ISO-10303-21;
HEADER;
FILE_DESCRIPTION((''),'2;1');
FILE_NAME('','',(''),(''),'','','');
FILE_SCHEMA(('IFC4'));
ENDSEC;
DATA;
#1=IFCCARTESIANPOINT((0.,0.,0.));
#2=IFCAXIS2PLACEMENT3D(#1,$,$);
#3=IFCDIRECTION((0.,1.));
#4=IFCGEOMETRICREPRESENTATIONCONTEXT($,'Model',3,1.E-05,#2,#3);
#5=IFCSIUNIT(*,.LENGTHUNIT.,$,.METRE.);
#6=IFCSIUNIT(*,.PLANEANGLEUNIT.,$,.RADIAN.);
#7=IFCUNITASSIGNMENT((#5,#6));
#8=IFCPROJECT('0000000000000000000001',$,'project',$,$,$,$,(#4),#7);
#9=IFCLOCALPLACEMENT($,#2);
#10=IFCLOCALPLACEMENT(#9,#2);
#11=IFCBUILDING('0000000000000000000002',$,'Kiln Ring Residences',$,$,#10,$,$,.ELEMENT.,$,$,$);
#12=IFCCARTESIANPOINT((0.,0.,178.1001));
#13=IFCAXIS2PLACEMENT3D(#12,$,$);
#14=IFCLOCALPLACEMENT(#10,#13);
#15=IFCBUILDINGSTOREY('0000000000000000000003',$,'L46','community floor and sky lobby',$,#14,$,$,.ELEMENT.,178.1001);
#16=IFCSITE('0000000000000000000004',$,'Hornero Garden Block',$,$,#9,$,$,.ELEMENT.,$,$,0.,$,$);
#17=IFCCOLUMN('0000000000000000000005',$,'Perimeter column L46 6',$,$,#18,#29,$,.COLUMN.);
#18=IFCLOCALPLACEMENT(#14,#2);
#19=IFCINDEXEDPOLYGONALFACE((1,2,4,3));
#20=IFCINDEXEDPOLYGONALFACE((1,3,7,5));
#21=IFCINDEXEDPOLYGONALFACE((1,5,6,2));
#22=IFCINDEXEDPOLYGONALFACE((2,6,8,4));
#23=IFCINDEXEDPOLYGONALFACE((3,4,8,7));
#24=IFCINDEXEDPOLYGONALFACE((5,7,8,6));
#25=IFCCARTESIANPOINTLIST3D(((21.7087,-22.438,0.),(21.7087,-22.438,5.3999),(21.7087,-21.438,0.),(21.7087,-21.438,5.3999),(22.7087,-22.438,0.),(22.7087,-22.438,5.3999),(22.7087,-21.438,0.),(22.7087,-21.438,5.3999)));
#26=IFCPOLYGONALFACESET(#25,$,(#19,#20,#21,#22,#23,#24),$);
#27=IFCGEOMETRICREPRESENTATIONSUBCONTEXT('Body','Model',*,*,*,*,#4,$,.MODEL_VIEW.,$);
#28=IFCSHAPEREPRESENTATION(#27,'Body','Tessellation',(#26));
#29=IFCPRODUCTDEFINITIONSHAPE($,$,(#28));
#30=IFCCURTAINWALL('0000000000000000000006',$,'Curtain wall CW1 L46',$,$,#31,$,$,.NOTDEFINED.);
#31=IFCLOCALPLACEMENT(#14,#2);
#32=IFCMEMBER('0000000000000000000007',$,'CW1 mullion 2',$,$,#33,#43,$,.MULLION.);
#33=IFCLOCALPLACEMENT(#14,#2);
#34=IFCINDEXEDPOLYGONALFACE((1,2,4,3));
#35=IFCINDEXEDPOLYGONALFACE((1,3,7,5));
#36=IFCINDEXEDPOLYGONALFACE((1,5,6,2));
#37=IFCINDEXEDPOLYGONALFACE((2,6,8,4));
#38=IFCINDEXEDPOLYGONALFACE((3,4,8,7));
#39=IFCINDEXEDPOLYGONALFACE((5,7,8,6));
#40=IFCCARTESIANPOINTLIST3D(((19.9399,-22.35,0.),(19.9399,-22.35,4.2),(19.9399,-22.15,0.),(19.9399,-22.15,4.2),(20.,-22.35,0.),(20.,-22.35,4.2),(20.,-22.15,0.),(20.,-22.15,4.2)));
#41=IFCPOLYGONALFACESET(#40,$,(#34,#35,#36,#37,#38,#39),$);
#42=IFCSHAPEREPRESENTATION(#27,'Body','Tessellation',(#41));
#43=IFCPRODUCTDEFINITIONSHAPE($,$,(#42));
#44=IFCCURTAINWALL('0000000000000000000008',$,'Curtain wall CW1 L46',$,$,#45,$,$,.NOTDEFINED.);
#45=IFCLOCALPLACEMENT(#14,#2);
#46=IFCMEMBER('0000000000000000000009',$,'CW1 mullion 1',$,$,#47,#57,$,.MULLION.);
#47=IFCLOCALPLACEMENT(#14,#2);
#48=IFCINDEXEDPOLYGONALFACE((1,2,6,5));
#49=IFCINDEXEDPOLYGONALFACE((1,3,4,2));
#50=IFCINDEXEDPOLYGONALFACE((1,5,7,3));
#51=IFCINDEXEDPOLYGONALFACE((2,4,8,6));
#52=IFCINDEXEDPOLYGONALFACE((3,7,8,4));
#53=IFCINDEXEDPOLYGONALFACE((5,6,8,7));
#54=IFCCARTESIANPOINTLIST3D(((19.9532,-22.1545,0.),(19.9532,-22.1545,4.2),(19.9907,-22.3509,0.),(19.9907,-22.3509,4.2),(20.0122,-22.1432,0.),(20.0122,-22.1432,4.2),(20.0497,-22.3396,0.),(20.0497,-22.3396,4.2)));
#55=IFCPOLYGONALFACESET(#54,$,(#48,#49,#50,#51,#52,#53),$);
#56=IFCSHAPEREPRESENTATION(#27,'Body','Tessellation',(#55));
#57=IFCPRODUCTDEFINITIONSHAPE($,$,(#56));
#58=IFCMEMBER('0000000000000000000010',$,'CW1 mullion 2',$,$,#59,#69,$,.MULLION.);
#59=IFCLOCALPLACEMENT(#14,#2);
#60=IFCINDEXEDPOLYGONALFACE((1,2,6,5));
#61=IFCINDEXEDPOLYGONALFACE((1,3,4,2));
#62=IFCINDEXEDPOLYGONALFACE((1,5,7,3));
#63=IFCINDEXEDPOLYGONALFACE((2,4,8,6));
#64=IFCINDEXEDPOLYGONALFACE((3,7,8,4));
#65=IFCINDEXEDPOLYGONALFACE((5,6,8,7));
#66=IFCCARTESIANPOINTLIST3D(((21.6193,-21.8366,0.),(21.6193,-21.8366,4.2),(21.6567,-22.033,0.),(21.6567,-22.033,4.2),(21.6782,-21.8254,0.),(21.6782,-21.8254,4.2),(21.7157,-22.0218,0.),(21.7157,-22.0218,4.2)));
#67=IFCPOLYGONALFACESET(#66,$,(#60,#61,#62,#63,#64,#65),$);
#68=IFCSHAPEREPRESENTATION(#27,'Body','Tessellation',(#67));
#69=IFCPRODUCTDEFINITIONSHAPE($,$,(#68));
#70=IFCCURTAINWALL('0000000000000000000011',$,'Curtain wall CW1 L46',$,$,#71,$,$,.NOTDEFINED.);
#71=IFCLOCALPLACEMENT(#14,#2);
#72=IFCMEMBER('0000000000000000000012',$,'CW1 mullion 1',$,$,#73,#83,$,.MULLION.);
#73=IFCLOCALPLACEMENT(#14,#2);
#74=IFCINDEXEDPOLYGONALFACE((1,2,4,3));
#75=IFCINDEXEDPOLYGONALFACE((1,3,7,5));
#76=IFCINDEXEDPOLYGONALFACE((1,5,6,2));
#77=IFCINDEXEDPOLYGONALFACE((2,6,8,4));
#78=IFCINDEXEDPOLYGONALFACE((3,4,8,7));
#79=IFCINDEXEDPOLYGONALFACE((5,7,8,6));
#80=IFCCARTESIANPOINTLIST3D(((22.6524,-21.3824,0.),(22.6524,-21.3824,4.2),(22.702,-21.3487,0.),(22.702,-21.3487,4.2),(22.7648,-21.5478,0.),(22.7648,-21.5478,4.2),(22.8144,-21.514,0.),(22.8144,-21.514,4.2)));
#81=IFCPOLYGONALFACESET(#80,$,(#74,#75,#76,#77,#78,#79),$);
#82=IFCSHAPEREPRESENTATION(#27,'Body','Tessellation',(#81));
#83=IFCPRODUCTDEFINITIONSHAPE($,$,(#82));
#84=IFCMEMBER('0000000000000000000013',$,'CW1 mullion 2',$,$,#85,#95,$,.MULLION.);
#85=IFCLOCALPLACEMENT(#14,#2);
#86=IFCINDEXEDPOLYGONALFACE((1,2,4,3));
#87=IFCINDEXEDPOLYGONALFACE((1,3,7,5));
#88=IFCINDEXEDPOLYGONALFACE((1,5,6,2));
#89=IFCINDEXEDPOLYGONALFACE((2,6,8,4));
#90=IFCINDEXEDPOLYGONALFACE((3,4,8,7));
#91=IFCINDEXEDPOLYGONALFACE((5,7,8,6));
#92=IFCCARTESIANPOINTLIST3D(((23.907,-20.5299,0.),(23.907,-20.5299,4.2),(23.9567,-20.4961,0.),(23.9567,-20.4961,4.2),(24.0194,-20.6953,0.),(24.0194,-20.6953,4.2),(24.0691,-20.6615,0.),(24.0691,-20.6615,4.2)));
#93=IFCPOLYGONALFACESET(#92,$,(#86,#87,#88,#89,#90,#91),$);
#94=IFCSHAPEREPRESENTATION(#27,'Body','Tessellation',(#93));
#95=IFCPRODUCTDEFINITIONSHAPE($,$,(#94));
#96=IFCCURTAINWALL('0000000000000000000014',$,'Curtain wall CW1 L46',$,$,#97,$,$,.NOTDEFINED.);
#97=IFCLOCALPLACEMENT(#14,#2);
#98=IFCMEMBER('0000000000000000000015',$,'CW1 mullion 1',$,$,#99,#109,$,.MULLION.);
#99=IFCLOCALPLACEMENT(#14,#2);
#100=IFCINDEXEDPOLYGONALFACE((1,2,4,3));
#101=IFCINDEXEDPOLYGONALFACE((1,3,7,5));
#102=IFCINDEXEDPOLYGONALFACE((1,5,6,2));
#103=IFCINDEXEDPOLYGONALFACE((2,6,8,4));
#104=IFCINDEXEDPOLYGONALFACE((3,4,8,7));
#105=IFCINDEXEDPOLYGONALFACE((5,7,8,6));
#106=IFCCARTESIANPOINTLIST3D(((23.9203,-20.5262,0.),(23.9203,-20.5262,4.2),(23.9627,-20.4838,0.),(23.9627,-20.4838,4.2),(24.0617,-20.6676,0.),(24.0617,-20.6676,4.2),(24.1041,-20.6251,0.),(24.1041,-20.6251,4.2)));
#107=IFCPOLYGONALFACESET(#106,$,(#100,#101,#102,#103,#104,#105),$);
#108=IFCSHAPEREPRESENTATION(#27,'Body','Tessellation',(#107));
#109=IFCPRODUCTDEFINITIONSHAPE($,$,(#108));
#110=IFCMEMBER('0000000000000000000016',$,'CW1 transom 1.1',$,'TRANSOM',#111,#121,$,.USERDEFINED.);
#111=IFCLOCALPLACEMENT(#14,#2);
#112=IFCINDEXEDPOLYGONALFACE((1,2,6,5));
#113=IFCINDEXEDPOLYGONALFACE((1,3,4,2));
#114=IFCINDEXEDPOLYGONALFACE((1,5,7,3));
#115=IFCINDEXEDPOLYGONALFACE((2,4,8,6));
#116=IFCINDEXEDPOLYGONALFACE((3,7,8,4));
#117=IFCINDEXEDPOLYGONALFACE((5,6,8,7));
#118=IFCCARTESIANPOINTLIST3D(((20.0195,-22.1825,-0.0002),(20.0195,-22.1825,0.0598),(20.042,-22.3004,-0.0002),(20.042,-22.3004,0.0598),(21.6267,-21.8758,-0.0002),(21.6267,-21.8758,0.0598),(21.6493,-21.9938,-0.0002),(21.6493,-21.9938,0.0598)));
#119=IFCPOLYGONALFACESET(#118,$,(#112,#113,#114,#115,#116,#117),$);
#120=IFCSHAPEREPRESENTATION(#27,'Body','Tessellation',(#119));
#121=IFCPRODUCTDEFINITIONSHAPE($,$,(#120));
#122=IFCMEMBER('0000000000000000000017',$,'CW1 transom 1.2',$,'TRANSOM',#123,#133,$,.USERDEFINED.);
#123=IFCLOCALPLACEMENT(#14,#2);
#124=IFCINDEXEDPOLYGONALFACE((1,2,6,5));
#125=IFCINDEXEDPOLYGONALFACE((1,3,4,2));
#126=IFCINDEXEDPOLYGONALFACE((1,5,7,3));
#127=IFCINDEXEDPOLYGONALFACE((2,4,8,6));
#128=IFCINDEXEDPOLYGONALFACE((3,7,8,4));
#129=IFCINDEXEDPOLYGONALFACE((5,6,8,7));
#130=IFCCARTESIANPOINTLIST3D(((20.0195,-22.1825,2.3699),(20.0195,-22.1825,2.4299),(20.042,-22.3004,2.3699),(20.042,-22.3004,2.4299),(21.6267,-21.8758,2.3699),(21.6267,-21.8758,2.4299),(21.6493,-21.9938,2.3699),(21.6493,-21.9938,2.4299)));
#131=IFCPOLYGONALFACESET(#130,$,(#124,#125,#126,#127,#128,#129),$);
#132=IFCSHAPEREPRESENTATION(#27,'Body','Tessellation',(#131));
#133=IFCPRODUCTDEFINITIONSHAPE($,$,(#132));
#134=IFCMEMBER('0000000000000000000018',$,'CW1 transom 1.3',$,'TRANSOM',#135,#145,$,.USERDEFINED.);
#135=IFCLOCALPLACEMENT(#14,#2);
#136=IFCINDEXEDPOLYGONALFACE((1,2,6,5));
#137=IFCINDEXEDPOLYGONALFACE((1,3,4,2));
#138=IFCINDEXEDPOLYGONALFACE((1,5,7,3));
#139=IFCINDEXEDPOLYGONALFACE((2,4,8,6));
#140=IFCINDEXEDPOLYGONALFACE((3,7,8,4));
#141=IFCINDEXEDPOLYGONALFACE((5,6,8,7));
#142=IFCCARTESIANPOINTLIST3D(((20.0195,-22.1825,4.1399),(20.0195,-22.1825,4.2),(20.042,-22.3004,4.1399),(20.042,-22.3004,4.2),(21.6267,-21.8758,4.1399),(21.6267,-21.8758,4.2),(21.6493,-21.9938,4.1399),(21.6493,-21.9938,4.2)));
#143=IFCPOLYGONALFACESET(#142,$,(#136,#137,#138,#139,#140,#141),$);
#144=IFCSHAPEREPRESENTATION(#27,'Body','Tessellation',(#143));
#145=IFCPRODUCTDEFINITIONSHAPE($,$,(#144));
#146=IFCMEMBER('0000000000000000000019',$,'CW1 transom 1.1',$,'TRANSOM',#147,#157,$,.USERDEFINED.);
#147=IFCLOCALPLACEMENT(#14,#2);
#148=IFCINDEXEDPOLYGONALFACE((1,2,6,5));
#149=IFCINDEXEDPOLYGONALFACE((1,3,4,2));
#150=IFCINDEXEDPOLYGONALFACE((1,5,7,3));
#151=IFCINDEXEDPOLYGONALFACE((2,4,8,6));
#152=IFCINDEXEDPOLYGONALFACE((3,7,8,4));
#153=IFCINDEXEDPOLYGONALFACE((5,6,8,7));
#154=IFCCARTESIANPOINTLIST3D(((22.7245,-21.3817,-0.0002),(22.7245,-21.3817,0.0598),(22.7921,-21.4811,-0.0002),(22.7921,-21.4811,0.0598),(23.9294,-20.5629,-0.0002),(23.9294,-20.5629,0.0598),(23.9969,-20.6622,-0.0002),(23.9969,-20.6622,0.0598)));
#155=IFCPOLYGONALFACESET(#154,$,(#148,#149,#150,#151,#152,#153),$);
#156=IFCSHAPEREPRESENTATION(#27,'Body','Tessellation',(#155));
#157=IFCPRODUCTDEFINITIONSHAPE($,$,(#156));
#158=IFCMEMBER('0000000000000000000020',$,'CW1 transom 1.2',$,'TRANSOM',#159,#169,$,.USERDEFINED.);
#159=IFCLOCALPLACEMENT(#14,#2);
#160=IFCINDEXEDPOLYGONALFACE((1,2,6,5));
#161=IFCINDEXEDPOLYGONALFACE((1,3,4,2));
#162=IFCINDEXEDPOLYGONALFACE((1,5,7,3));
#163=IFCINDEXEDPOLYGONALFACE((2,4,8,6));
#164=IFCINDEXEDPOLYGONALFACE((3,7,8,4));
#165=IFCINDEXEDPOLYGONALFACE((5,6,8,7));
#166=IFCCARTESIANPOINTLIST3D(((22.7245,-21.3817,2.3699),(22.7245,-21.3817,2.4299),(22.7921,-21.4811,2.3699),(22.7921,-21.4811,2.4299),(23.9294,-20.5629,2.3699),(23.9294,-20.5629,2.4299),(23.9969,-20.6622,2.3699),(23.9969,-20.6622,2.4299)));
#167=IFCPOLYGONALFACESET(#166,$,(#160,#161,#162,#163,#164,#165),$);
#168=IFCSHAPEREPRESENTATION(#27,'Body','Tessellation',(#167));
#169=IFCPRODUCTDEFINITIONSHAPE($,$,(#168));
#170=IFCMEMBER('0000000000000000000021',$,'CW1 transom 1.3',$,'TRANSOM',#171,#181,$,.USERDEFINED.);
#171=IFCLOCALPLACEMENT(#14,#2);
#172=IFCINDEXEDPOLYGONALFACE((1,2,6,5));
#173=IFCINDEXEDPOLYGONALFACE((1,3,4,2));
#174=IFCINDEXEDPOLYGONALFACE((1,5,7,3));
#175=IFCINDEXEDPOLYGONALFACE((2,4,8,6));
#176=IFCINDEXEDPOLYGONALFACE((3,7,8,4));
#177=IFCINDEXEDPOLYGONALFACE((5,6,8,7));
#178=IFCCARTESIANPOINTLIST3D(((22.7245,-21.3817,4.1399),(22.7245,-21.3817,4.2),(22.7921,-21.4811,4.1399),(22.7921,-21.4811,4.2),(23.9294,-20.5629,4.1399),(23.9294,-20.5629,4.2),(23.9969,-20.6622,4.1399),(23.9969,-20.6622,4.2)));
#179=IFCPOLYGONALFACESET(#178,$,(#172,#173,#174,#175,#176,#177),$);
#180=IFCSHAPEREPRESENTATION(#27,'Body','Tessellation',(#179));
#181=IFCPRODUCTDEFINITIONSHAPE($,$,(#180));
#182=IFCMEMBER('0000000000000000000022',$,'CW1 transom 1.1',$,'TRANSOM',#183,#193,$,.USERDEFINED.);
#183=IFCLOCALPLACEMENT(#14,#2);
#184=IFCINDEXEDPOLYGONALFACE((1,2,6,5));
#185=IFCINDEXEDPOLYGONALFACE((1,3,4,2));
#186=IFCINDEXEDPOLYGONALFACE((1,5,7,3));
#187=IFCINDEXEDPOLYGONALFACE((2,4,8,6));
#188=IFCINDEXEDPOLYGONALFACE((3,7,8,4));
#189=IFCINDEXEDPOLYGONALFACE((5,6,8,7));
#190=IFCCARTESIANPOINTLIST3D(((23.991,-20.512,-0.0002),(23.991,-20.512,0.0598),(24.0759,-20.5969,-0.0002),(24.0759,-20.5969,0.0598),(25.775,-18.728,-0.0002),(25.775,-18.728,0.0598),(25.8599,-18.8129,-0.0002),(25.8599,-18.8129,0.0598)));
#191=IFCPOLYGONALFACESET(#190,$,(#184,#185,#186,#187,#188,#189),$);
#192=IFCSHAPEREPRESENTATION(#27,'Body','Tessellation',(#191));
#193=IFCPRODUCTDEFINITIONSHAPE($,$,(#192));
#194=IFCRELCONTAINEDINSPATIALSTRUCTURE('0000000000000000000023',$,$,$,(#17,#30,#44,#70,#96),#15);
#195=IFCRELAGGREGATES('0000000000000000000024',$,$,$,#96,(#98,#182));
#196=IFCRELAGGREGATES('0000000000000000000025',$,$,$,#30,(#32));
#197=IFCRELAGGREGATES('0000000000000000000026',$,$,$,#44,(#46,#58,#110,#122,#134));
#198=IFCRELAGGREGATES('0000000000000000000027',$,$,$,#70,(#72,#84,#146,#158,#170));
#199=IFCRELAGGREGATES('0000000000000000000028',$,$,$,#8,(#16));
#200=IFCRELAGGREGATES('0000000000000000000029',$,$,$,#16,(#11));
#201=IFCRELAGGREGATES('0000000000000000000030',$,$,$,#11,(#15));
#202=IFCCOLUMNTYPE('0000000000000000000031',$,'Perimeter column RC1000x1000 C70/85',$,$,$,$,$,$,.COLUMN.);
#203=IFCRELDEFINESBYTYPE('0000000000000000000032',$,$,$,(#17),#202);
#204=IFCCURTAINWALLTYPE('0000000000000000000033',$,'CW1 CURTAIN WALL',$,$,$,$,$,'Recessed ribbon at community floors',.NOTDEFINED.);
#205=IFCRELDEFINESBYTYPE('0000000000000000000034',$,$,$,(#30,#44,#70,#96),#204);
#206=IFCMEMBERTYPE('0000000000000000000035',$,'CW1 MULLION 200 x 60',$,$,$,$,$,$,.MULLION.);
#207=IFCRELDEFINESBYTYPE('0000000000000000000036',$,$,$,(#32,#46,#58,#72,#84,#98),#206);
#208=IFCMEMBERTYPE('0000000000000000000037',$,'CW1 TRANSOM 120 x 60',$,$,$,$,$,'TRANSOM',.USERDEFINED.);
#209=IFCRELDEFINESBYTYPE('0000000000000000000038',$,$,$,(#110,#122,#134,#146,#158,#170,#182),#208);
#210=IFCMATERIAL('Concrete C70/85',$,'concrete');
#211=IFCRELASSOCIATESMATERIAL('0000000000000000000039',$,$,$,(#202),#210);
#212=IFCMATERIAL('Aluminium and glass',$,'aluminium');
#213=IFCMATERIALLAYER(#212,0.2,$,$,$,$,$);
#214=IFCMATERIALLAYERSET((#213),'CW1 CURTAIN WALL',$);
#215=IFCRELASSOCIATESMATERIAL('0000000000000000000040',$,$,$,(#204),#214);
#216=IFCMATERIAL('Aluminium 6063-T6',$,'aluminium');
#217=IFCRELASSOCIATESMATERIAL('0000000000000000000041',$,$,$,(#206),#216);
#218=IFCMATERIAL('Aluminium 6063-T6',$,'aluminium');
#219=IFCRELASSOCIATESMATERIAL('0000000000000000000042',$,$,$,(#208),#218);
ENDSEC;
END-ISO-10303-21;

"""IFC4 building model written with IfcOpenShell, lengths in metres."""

from ifc_helpers import new_model, si_unit, direction, frame, origin, origin_2d, place, context, subcontext, project, spatial, rectangle, extrude, material, layer, layer_set, material_profile, profile_set, type_object, element, aggregate, save


model = new_model("IFC4")

# Units and contexts
model_context = context("Model", 3, precision=1e-05, world=origin(), true_north=direction((0.0, 1.0)))
body_context = subcontext(model_context, "Body", "Model", "MODEL_VIEW")
ifc_project = project(units=[si_unit("LENGTHUNIT", "METRE"), si_unit("PLANEANGLEUNIT", "RADIAN")], contexts=[model_context])

# Site, building, storey
site_placement = place(None, origin())
site = spatial("IfcSite", under=ifc_project, at=site_placement, Name="Hornero Garden Block", CompositionType="ELEMENT", RefElevation=0.0)
building_placement = place(site_placement, origin())
building = spatial("IfcBuilding", under=site, at=building_placement, Name="Kiln Ring Residences", CompositionType="ELEMENT")
storey_placement = place(building_placement, frame((0.0, 0.0, 178.1001)))
storey = spatial("IfcBuildingStorey", under=building, at=storey_placement, Name="L46", Description="community floor and sky lobby", CompositionType="ELEMENT", Elevation=178.1001)

# Column
ifc_material_1 = material(Name="Concrete C70/85", Category="concrete")
ifc_material_profile_1 = material_profile(ifc_material_1, rectangle(XDim=1.0, YDim=1.0, at=origin_2d()), Name="RC1000x1000")
ifc_profile_set_1 = profile_set([ifc_material_profile_1], Name="Concrete C70/85")
column_type = type_object("IfcColumnType", Name="Perimeter column RC1000x1000 C70/85", PredefinedType="COLUMN", material=ifc_profile_set_1)
column_placement = place(storey_placement, frame((22.2087, -21.938, 0.0), z_axis=(0.0, 0.0, 1.0), x_axis=(1.0, 0.0, 0.0)))
element("IfcColumn", 1, at=column_placement, inside=storey, type_object=column_type, Name="Perimeter column L46 6", PredefinedType="COLUMN", context=body_context, shape_type="SweptSolid", body=[
    extrude(rectangle(XDim=1.0, YDim=1.0, at=origin_2d()), origin(), (0.0, 0.0, 1.0), 5.3999),
])

# Curtain wall, member
ifc_material_2 = material(Name="Aluminium and glass", Category="aluminium")
ifc_layer_1 = layer(ifc_material_2, 0.2)
ifc_layer_set_1 = layer_set([ifc_layer_1], Name="CW1 CURTAIN WALL")
curtain_wall_type = type_object("IfcCurtainWallType", Name="CW1 CURTAIN WALL", ElementType="Recessed ribbon at community floors", PredefinedType="NOTDEFINED", material=ifc_layer_set_1)
placement = place(storey_placement, origin())
curtain_wall_1 = element("IfcCurtainWall", 2, at=placement, inside=storey, type_object=curtain_wall_type, Name="Curtain wall CW1 L46", PredefinedType="NOTDEFINED")
ifc_material_3 = material(Name="Aluminium 6063-T6", Category="aluminium")
ifc_material_profile_2 = material_profile(ifc_material_3, rectangle(XDim=0.2, YDim=0.0601, at=origin_2d()), Name="AL 200x60")
ifc_profile_set_2 = profile_set([ifc_material_profile_2], Name="Aluminium 6063-T6")
member_type_1 = type_object("IfcMemberType", Name="CW1 MULLION 200 x 60", PredefinedType="MULLION", material=ifc_profile_set_2)
member_1_placement = place(storey_placement, frame((19.97, -22.25, 0.0), z_axis=(0.0, 0.0, 1.0), x_axis=(0.0, 1.0, 0.0)))
member_1 = element("IfcMember", 3, at=member_1_placement, type_object=member_type_1, Name="CW1 mullion 2", PredefinedType="MULLION", context=body_context, shape_type="SweptSolid", body=[
    extrude(rectangle(XDim=0.2, YDim=0.0601, at=origin_2d()), origin(), (0.0, 0.0, 1.0), 4.2),
])

# Curtain walls, members
curtain_wall_2 = element("IfcCurtainWall", 4, at=placement, inside=storey, type_object=curtain_wall_type, Name="Curtain wall CW1 L46", PredefinedType="NOTDEFINED")
member_2_placement = place(storey_placement, frame((20.0015, -22.2471, 0.0), z_axis=(0.0, 0.0, 1.0), x_axis=(-0.187366, 0.98229, 0.0)))
member_2 = element("IfcMember", 5, at=member_2_placement, type_object=member_type_1, Name="CW1 mullion 1", PredefinedType="MULLION", context=body_context, shape_type="SweptSolid", body=[
    extrude(rectangle(XDim=0.2, YDim=0.0601, at=origin_2d()), origin(), (0.0, 0.0, 1.0), 4.2),
])
member_3_placement = place(storey_placement, frame((21.6675, -21.9292, 0.0), z_axis=(0.0, 0.0, 1.0), x_axis=(-0.187366, 0.98229, 0.0)))
member_3 = element("IfcMember", 6, at=member_3_placement, type_object=member_type_1, Name="CW1 mullion 2", PredefinedType="MULLION", context=body_context, shape_type="SweptSolid", body=[
    extrude(rectangle(XDim=0.2, YDim=0.0601, at=origin_2d()), origin(), (0.0, 0.0, 1.0), 4.2),
])
curtain_wall_3 = element("IfcCurtainWall", 7, at=placement, inside=storey, type_object=curtain_wall_type, Name="Curtain wall CW1 L46", PredefinedType="NOTDEFINED")
member_4_placement = place(storey_placement, frame((22.7334, -21.4482, 0.0), z_axis=(0.0, 0.0, 1.0), x_axis=(-0.562097, 0.827072, 0.0)))
member_4 = element("IfcMember", 8, at=member_4_placement, type_object=member_type_1, Name="CW1 mullion 1", PredefinedType="MULLION", context=body_context, shape_type="SweptSolid", body=[
    extrude(rectangle(XDim=0.2, YDim=0.0601, at=origin_2d()), origin(), (0.0, 0.0, 1.0), 4.2),
])
member_5_placement = place(storey_placement, frame((23.988, -20.5957, 0.0), z_axis=(0.0, 0.0, 1.0), x_axis=(-0.562097, 0.827072, 0.0)))
member_5 = element("IfcMember", 9, at=member_5_placement, type_object=member_type_1, Name="CW1 mullion 2", PredefinedType="MULLION", context=body_context, shape_type="SweptSolid", body=[
    extrude(rectangle(XDim=0.2, YDim=0.0601, at=origin_2d()), origin(), (0.0, 0.0, 1.0), 4.2),
])

# Curtain wall, member
curtain_wall_4 = element("IfcCurtainWall", 10, at=placement, inside=storey, type_object=curtain_wall_type, Name="Curtain wall CW1 L46", PredefinedType="NOTDEFINED")
member_6_placement = place(storey_placement, frame((24.0122, -20.5757, 0.0), z_axis=(0.0, 0.0, 1.0), x_axis=(-0.707107, 0.707107, 0.0)))
member_6 = element("IfcMember", 11, at=member_6_placement, type_object=member_type_1, Name="CW1 mullion 1", PredefinedType="MULLION", context=body_context, shape_type="SweptSolid", body=[
    extrude(rectangle(XDim=0.2, YDim=0.0601, at=origin_2d()), origin(), (0.0, 0.0, 1.0), 4.2),
])

# Members
ifc_material_4 = material(Name="Aluminium 6063-T6", Category="aluminium")
ifc_material_profile_3 = material_profile(ifc_material_4, rectangle(XDim=0.1201, YDim=0.0601, at=origin_2d()), Name="AL 120x60")
ifc_profile_set_3 = profile_set([ifc_material_profile_3], Name="Aluminium 6063-T6")
member_type_2 = type_object("IfcMemberType", Name="CW1 TRANSOM 120 x 60", ElementType="TRANSOM", PredefinedType="USERDEFINED", material=ifc_profile_set_3)
member_7_placement = place(storey_placement, frame((20.0308, -22.2415, 0.0298), z_axis=(0.982281, 0.187414, 0.0), x_axis=(-0.187414, 0.982281, 0.0)))
member_7 = element("IfcMember", 12, at=member_7_placement, type_object=member_type_2, Name="CW1 transom 1.1", ObjectType="TRANSOM", PredefinedType="USERDEFINED", context=body_context, shape_type="SweptSolid", body=[
    extrude(rectangle(XDim=0.1201, YDim=0.0601, at=origin_2d()), origin(), (0.0, 0.0, 1.0), 1.6362),
])
member_8_placement = place(storey_placement, frame((20.0308, -22.2415, 2.3999), z_axis=(0.982281, 0.187414, 0.0), x_axis=(-0.187414, 0.982281, 0.0)))
member_8 = element("IfcMember", 13, at=member_8_placement, type_object=member_type_2, Name="CW1 transom 1.2", ObjectType="TRANSOM", PredefinedType="USERDEFINED", context=body_context, shape_type="SweptSolid", body=[
    extrude(rectangle(XDim=0.1201, YDim=0.0601, at=origin_2d()), origin(), (0.0, 0.0, 1.0), 1.6362),
])
member_9_placement = place(storey_placement, frame((20.0308, -22.2415, 4.1699), z_axis=(0.982281, 0.187414, 0.0), x_axis=(-0.187414, 0.982281, 0.0)))
member_9 = element("IfcMember", 14, at=member_9_placement, type_object=member_type_2, Name="CW1 transom 1.3", ObjectType="TRANSOM", PredefinedType="USERDEFINED", context=body_context, shape_type="SweptSolid", body=[
    extrude(rectangle(XDim=0.1201, YDim=0.0601, at=origin_2d()), origin(), (0.0, 0.0, 1.0), 1.6362),
])
member_10_placement = place(storey_placement, frame((22.7583, -21.4314, 0.0298), z_axis=(0.827067, 0.562104, 0.0), x_axis=(-0.562104, 0.827067, 0.0)))
member_10 = element("IfcMember", 15, at=member_10_placement, type_object=member_type_2, Name="CW1 transom 1.1", ObjectType="TRANSOM", PredefinedType="USERDEFINED", context=body_context, shape_type="SweptSolid", body=[
    extrude(rectangle(XDim=0.1201, YDim=0.0601, at=origin_2d()), origin(), (0.0, 0.0, 1.0), 1.4568),
])
member_11_placement = place(storey_placement, frame((22.7583, -21.4314, 2.3999), z_axis=(0.827067, 0.562104, 0.0), x_axis=(-0.562104, 0.827067, 0.0)))
member_11 = element("IfcMember", 16, at=member_11_placement, type_object=member_type_2, Name="CW1 transom 1.2", ObjectType="TRANSOM", PredefinedType="USERDEFINED", context=body_context, shape_type="SweptSolid", body=[
    extrude(rectangle(XDim=0.1201, YDim=0.0601, at=origin_2d()), origin(), (0.0, 0.0, 1.0), 1.4568),
])
member_12_placement = place(storey_placement, frame((22.7583, -21.4314, 4.1699), z_axis=(0.827067, 0.562104, 0.0), x_axis=(-0.562104, 0.827067, 0.0)))
member_12 = element("IfcMember", 17, at=member_12_placement, type_object=member_type_2, Name="CW1 transom 1.3", ObjectType="TRANSOM", PredefinedType="USERDEFINED", context=body_context, shape_type="SweptSolid", body=[
    extrude(rectangle(XDim=0.1201, YDim=0.0601, at=origin_2d()), origin(), (0.0, 0.0, 1.0), 1.4568),
])
member_13_placement = place(storey_placement, frame((24.0334, -20.5544, 0.0298), z_axis=(0.707107, 0.707107, 0.0), x_axis=(-0.707107, 0.707107, 0.0)))
member_13 = element("IfcMember", 18, at=member_13_placement, type_object=member_type_2, Name="CW1 transom 1.1", ObjectType="TRANSOM", PredefinedType="USERDEFINED", context=body_context, shape_type="SweptSolid", body=[
    extrude(rectangle(XDim=0.1201, YDim=0.0601, at=origin_2d()), origin(), (0.0, 0.0, 1.0), 2.5229),
])
aggregate(curtain_wall_4, [member_6, member_13])

aggregate(curtain_wall_1, [member_1])
aggregate(curtain_wall_2, [member_2, member_3, member_7, member_8, member_9])
aggregate(curtain_wall_3, [member_4, member_5, member_10, member_11, member_12])

save(model, "model.ifc")
